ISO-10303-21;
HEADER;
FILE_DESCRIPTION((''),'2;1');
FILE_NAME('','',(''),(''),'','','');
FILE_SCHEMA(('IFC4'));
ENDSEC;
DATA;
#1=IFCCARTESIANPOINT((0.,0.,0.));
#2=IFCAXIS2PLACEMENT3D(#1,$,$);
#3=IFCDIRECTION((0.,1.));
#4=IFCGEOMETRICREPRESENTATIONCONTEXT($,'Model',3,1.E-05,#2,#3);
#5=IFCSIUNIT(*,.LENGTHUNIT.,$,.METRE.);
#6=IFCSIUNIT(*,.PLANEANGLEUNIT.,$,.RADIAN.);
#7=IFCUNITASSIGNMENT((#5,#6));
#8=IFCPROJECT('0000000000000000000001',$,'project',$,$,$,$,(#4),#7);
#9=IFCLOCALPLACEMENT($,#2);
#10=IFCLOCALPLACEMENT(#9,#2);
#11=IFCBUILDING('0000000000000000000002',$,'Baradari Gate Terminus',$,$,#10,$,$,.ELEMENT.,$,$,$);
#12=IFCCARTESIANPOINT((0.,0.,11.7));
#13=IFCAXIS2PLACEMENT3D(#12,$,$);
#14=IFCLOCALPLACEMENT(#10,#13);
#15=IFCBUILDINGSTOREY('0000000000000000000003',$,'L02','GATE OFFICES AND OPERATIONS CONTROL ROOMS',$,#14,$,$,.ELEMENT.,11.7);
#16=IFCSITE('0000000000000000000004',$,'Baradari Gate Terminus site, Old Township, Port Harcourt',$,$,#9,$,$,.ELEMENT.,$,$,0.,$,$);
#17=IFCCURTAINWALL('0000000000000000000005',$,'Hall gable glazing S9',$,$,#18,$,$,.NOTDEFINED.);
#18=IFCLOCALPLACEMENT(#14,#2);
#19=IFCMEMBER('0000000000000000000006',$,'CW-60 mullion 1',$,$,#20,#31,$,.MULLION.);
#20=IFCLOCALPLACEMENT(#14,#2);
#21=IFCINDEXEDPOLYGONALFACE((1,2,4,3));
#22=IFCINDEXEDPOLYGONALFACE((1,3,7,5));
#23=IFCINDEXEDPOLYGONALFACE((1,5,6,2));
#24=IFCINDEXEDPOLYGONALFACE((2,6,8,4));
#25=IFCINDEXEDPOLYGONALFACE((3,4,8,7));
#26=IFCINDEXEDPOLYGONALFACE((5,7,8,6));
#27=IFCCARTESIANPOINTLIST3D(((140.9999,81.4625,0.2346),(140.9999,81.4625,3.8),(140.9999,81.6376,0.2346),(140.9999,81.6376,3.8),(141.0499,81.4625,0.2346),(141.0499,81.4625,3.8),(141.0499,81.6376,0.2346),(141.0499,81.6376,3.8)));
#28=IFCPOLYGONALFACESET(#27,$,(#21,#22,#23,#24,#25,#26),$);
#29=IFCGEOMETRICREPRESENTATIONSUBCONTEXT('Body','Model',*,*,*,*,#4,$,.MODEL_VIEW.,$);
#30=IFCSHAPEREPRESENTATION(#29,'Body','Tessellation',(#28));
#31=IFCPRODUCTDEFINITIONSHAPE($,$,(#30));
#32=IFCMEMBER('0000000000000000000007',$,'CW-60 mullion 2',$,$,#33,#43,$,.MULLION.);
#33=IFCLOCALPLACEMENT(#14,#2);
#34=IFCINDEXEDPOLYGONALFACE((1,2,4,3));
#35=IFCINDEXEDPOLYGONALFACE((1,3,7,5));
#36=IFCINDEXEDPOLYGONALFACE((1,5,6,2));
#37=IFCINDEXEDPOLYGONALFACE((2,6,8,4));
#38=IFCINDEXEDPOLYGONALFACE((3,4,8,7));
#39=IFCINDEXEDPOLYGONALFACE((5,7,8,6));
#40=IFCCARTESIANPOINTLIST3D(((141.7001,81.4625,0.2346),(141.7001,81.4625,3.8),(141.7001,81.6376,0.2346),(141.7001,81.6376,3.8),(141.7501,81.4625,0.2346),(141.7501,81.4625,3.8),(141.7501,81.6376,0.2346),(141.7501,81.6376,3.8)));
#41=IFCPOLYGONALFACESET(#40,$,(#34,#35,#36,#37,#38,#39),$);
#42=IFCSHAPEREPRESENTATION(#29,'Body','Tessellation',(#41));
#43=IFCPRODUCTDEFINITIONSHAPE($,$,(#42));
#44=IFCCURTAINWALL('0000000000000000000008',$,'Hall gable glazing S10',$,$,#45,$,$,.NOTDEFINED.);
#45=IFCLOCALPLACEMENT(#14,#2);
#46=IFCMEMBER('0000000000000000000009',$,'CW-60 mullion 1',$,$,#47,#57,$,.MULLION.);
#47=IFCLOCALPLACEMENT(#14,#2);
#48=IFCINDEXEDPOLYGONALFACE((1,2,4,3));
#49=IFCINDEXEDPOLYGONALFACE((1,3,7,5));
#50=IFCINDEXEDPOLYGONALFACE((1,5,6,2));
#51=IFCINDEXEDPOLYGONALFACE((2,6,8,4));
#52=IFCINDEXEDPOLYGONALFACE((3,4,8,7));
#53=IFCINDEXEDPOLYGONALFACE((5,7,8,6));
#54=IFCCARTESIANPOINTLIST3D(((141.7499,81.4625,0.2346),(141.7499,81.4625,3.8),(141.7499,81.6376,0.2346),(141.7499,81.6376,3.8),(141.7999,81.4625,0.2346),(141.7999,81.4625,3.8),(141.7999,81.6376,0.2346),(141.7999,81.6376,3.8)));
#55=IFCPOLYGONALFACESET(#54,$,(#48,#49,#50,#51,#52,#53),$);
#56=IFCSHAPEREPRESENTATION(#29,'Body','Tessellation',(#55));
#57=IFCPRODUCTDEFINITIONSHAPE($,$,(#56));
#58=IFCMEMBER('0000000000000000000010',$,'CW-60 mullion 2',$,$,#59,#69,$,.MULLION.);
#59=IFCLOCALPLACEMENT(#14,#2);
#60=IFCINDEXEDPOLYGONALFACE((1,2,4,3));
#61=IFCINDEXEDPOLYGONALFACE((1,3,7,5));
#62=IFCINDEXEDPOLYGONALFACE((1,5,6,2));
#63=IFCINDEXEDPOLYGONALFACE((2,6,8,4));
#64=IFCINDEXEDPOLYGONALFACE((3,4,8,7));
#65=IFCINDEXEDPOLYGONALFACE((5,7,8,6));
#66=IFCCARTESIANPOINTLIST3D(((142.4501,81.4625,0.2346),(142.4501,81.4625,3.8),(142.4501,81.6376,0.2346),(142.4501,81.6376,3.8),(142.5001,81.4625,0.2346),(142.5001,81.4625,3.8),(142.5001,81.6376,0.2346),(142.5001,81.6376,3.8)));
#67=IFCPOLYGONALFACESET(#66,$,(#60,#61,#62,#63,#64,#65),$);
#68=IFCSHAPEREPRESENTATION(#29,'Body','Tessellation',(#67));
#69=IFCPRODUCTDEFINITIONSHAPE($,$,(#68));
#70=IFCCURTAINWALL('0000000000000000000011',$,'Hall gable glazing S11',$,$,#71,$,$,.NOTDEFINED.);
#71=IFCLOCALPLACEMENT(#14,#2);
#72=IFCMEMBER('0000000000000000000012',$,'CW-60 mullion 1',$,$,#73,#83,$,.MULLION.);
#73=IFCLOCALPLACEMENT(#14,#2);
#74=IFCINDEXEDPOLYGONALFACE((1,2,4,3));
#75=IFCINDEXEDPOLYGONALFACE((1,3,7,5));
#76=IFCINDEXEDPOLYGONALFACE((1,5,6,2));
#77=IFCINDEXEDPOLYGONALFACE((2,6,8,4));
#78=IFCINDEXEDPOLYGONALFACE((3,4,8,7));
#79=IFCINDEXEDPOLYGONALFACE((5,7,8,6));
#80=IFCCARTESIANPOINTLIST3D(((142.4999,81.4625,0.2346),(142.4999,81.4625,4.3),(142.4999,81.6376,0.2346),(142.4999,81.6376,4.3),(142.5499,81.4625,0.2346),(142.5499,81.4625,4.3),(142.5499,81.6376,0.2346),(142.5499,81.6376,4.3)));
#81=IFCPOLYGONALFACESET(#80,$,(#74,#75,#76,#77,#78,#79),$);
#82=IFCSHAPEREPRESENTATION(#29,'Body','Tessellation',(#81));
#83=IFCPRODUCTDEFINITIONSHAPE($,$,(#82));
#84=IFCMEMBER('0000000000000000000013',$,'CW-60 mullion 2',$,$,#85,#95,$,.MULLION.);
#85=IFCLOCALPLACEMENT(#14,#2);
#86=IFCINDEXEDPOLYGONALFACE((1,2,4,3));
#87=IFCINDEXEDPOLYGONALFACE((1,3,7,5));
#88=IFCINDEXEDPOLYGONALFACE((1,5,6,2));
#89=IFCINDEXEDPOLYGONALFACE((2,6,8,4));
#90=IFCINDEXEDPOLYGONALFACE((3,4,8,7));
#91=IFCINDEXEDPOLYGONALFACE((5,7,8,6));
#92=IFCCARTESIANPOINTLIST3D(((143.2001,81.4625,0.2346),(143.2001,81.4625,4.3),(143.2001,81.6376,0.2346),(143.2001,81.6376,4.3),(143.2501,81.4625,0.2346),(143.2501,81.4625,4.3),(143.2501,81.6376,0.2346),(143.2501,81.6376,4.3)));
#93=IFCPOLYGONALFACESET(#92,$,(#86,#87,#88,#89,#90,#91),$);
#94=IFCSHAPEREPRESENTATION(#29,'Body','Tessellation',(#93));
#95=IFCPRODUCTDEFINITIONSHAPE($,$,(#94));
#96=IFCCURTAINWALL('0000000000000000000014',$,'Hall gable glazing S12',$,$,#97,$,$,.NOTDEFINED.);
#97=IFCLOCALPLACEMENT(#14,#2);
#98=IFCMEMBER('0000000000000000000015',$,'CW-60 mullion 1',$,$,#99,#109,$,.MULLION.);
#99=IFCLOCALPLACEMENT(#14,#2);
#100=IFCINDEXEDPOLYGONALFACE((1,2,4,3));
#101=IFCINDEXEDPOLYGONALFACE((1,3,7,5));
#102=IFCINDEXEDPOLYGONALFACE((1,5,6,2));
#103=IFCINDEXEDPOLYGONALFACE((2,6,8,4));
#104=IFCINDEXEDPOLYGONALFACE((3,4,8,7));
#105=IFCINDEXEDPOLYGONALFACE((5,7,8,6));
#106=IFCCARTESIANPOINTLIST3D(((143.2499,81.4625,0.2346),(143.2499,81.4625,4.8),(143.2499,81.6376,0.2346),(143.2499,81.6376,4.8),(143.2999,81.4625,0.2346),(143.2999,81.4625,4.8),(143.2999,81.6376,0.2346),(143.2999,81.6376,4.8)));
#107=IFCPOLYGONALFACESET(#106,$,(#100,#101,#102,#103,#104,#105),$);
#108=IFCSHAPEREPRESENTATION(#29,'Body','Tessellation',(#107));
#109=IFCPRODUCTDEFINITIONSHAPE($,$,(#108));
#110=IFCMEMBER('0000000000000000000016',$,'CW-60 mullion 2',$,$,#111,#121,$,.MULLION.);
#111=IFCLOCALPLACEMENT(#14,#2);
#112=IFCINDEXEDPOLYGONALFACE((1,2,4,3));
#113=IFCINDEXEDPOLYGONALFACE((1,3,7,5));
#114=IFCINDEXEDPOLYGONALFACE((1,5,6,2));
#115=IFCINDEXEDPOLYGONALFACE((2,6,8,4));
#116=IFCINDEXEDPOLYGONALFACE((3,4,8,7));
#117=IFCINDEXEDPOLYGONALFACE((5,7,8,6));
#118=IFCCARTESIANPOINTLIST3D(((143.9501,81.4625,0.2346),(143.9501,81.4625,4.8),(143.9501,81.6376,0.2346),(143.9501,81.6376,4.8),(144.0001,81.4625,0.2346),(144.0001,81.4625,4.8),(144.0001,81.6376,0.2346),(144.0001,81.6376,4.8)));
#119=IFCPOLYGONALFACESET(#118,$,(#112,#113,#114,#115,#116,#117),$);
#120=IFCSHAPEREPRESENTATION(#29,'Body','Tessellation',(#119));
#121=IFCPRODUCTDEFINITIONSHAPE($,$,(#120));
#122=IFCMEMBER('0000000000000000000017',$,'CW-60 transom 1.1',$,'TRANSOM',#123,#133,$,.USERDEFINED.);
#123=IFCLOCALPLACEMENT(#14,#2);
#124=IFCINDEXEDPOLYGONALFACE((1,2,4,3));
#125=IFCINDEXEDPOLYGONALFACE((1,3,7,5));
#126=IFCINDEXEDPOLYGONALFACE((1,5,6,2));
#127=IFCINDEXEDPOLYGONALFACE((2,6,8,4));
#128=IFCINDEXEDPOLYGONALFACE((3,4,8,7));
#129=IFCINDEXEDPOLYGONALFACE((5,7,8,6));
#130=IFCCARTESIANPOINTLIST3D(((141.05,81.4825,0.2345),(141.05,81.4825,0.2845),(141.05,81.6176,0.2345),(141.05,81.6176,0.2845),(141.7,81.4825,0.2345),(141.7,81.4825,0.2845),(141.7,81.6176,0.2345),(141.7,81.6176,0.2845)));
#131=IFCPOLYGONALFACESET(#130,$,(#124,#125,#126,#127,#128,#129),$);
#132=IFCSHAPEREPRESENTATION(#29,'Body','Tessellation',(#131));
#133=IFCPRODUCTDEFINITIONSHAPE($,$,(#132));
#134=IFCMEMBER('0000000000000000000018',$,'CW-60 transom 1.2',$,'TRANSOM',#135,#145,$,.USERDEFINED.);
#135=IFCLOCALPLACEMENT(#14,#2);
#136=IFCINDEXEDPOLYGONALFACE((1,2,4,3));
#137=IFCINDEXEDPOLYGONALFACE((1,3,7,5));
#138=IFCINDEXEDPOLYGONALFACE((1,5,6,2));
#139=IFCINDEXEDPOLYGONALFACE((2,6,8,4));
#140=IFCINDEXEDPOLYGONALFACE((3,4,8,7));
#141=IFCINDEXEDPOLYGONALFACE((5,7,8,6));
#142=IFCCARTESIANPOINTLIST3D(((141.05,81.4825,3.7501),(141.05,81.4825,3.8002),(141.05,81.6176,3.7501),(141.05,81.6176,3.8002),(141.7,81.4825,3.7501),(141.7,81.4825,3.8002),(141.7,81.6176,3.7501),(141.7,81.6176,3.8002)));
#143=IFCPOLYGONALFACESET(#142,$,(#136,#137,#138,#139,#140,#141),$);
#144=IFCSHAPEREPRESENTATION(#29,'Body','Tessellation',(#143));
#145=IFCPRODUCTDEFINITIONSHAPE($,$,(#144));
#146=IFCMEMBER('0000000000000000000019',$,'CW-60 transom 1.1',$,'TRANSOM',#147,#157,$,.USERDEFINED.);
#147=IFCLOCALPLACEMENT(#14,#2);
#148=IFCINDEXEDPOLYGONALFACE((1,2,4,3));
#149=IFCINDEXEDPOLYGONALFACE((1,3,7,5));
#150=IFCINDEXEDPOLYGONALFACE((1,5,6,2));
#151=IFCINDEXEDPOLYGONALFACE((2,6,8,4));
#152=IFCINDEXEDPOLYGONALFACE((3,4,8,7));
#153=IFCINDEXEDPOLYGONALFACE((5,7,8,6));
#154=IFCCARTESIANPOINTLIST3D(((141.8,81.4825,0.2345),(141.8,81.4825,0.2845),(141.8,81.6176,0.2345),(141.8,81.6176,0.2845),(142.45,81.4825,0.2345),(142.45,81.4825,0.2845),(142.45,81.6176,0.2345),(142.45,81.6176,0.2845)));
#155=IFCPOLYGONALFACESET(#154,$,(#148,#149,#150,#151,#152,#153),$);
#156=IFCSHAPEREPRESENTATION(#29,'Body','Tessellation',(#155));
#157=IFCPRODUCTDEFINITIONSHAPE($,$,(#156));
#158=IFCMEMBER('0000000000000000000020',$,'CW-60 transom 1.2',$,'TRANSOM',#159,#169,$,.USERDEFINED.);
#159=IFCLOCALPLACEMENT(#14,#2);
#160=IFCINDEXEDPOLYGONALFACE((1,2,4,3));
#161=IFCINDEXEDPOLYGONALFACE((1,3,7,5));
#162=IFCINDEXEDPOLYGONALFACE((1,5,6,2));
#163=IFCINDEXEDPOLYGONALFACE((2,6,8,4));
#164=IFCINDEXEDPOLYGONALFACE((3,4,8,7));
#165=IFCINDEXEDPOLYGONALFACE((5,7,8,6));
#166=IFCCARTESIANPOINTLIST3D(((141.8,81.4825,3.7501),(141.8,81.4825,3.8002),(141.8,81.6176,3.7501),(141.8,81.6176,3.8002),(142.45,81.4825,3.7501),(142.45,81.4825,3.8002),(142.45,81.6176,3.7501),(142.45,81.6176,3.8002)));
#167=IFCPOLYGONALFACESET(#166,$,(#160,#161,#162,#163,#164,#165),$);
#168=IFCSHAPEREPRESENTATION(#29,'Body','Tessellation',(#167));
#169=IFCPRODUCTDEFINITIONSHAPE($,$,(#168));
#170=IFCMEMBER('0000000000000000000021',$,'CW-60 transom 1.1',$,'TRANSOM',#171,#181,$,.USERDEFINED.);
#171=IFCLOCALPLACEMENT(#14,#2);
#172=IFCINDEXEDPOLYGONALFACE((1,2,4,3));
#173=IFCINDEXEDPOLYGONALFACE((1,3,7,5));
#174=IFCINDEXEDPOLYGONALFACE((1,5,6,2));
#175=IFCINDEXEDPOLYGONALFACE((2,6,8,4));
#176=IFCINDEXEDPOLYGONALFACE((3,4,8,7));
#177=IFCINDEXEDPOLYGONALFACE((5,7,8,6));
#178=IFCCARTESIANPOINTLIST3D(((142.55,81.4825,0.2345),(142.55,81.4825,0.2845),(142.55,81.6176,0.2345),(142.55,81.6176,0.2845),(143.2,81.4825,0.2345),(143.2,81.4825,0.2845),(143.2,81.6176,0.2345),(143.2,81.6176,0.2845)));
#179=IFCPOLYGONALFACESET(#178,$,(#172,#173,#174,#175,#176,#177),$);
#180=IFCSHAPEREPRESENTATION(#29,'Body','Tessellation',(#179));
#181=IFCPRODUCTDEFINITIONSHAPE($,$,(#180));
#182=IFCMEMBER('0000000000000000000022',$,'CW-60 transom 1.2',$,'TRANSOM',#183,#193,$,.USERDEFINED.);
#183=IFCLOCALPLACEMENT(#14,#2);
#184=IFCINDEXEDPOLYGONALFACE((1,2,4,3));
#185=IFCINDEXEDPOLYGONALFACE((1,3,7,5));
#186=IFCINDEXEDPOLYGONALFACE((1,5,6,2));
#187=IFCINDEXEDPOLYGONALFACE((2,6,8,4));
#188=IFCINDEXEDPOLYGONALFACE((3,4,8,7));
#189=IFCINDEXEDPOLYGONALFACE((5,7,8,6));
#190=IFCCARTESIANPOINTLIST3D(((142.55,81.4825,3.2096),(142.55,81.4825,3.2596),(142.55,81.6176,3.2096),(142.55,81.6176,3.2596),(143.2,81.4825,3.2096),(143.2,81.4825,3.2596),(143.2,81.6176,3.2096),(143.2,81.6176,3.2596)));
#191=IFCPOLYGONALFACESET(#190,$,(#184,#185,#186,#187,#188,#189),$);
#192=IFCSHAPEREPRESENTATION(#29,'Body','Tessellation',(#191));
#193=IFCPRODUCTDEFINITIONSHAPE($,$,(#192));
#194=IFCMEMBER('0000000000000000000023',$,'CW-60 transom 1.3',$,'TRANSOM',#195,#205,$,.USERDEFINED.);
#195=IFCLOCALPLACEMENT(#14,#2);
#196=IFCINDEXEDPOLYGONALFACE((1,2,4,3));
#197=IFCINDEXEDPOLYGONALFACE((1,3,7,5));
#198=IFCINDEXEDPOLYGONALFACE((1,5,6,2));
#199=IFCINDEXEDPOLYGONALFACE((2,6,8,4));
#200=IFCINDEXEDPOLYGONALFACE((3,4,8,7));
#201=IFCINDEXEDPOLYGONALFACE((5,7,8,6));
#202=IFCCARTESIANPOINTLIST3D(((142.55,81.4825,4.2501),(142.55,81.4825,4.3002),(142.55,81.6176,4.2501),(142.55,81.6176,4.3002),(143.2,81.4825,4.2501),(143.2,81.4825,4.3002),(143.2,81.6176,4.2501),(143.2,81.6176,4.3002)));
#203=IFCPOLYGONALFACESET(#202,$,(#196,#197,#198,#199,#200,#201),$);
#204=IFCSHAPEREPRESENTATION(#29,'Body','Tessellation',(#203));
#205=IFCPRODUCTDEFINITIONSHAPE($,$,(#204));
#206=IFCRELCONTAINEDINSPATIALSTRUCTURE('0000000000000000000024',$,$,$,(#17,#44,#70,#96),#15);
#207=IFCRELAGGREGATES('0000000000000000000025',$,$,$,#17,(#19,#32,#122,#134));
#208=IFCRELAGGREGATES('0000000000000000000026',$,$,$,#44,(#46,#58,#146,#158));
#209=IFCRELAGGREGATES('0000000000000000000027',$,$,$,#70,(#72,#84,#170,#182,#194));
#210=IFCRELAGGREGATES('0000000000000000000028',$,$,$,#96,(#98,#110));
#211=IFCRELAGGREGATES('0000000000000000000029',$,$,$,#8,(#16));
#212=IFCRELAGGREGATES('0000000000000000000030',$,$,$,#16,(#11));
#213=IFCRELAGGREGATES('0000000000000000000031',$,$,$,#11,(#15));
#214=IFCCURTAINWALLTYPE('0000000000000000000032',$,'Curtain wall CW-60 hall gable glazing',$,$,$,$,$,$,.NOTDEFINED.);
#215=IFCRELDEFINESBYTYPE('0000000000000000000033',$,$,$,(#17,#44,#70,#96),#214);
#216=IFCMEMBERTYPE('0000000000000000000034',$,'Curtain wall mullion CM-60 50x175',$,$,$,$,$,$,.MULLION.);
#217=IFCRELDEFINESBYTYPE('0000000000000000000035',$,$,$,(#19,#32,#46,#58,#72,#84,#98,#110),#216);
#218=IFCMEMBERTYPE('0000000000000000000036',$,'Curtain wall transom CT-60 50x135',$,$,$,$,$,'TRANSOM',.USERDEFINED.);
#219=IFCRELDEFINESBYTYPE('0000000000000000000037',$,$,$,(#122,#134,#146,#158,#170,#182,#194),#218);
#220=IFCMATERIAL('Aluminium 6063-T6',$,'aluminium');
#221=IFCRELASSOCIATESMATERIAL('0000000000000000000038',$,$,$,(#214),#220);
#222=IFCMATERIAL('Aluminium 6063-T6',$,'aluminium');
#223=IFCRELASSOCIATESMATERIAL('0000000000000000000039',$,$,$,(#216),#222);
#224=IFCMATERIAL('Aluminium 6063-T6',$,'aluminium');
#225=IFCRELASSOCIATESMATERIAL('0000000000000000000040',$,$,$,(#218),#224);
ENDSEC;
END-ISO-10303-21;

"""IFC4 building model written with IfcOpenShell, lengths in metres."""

from ifc_helpers import new_model, si_unit, direction, frame, origin, origin_2d, place, context, subcontext, project, spatial, rectangle, extrude, material, material_profile, profile_set, type_object, element, aggregate, save


model = new_model("IFC4")

# Units and contexts
model_context = context("Model", 3, precision=1e-05, world=origin(), true_north=direction((0.0, 1.0)))
body_context = subcontext(model_context, "Body", "Model", "MODEL_VIEW")
ifc_project = project(units=[si_unit("LENGTHUNIT", "METRE"), si_unit("PLANEANGLEUNIT", "RADIAN")], contexts=[model_context])

# Site, building, storey
site_placement = place(None, origin())
site = spatial("IfcSite", under=ifc_project, at=site_placement, Name="Baradari Gate Terminus site, Old Township, Port Harcourt", CompositionType="ELEMENT", RefElevation=0.0)
building_placement = place(site_placement, origin())
building = spatial("IfcBuilding", under=site, at=building_placement, Name="Baradari Gate Terminus", CompositionType="ELEMENT")
storey_placement = place(building_placement, frame((0.0, 0.0, 11.7)))
storey = spatial("IfcBuildingStorey", under=building, at=storey_placement, Name="L02", Description="GATE OFFICES AND OPERATIONS CONTROL ROOMS", CompositionType="ELEMENT", Elevation=11.7)

# Curtain walls, members
ifc_material_1 = material(Name="Aluminium 6063-T6", Category="aluminium")
curtain_wall_type = type_object("IfcCurtainWallType", Name="Curtain wall CW-60 hall gable glazing", PredefinedType="NOTDEFINED", material=ifc_material_1)
curtain_wall_1_placement = place(storey_placement, origin())
curtain_wall_1 = element("IfcCurtainWall", 1, at=curtain_wall_1_placement, inside=storey, type_object=curtain_wall_type, Name="Hall gable glazing S9", PredefinedType="NOTDEFINED")
ifc_material_2 = material(Name="Aluminium 6063-T6", Category="aluminium")
ifc_material_profile_1 = material_profile(ifc_material_2, rectangle(XDim=0.175, YDim=0.05, at=origin_2d()), Name="CM-60 50X175")
ifc_profile_set_1 = profile_set([ifc_material_profile_1], Name="Aluminium 6063-T6")
member_type_1 = type_object("IfcMemberType", Name="Curtain wall mullion CM-60 50x175", PredefinedType="MULLION", material=ifc_profile_set_1)
member_1_placement = place(storey_placement, frame((141.0249, 81.55, 0.2346), z_axis=(0.0, 0.0, 1.0), x_axis=(0.0, 1.0, 0.0)))
member_1 = element("IfcMember", 2, at=member_1_placement, type_object=member_type_1, Name="CW-60 mullion 1", PredefinedType="MULLION", context=body_context, shape_type="SweptSolid", body=[
    extrude(rectangle(XDim=0.175, YDim=0.05, at=origin_2d()), origin(), (0.0, 0.0, 1.0), 3.5654),
])
member_2_placement = place(storey_placement, frame((141.7251, 81.55, 0.2346), z_axis=(0.0, 0.0, 1.0), x_axis=(0.0, 1.0, 0.0)))
member_2 = element("IfcMember", 3, at=member_2_placement, type_object=member_type_1, Name="CW-60 mullion 2", PredefinedType="MULLION", context=body_context, shape_type="SweptSolid", body=[
    extrude(rectangle(XDim=0.175, YDim=0.05, at=origin_2d()), origin(), (0.0, 0.0, 1.0), 3.5654),
])
curtain_wall_2_placement = place(storey_placement, origin())
curtain_wall_2 = element("IfcCurtainWall", 4, at=curtain_wall_2_placement, inside=storey, type_object=curtain_wall_type, Name="Hall gable glazing S10", PredefinedType="NOTDEFINED")
member_3_placement = place(storey_placement, frame((141.7749, 81.55, 0.2346), z_axis=(0.0, 0.0, 1.0), x_axis=(0.0, 1.0, 0.0)))
member_3 = element("IfcMember", 5, at=member_3_placement, type_object=member_type_1, Name="CW-60 mullion 1", PredefinedType="MULLION", context=body_context, shape_type="SweptSolid", body=[
    extrude(rectangle(XDim=0.175, YDim=0.05, at=origin_2d()), origin(), (0.0, 0.0, 1.0), 3.5654),
])
member_4_placement = place(storey_placement, frame((142.4751, 81.55, 0.2346), z_axis=(0.0, 0.0, 1.0), x_axis=(0.0, 1.0, 0.0)))
member_4 = element("IfcMember", 6, at=member_4_placement, type_object=member_type_1, Name="CW-60 mullion 2", PredefinedType="MULLION", context=body_context, shape_type="SweptSolid", body=[
    extrude(rectangle(XDim=0.175, YDim=0.05, at=origin_2d()), origin(), (0.0, 0.0, 1.0), 3.5654),
])
curtain_wall_3_placement = place(storey_placement, origin())
curtain_wall_3 = element("IfcCurtainWall", 7, at=curtain_wall_3_placement, inside=storey, type_object=curtain_wall_type, Name="Hall gable glazing S11", PredefinedType="NOTDEFINED")
member_5_placement = place(storey_placement, frame((142.5249, 81.55, 0.2346), z_axis=(0.0, 0.0, 1.0), x_axis=(0.0, 1.0, 0.0)))
member_5 = element("IfcMember", 8, at=member_5_placement, type_object=member_type_1, Name="CW-60 mullion 1", PredefinedType="MULLION", context=body_context, shape_type="SweptSolid", body=[
    extrude(rectangle(XDim=0.175, YDim=0.05, at=origin_2d()), origin(), (0.0, 0.0, 1.0), 4.0654),
])
member_6_placement = place(storey_placement, frame((143.2251, 81.55, 0.2346), z_axis=(0.0, 0.0, 1.0), x_axis=(0.0, 1.0, 0.0)))
member_6 = element("IfcMember", 9, at=member_6_placement, type_object=member_type_1, Name="CW-60 mullion 2", PredefinedType="MULLION", context=body_context, shape_type="SweptSolid", body=[
    extrude(rectangle(XDim=0.175, YDim=0.05, at=origin_2d()), origin(), (0.0, 0.0, 1.0), 4.0654),
])
curtain_wall_4_placement = place(storey_placement, origin())
curtain_wall_4 = element("IfcCurtainWall", 10, at=curtain_wall_4_placement, inside=storey, type_object=curtain_wall_type, Name="Hall gable glazing S12", PredefinedType="NOTDEFINED")
member_7_placement = place(storey_placement, frame((143.2749, 81.55, 0.2346), z_axis=(0.0, 0.0, 1.0), x_axis=(0.0, 1.0, 0.0)))
member_7 = element("IfcMember", 11, at=member_7_placement, type_object=member_type_1, Name="CW-60 mullion 1", PredefinedType="MULLION", context=body_context, shape_type="SweptSolid", body=[
    extrude(rectangle(XDim=0.175, YDim=0.05, at=origin_2d()), origin(), (0.0, 0.0, 1.0), 4.5654),
])
member_8_placement = place(storey_placement, frame((143.9751, 81.55, 0.2346), z_axis=(0.0, 0.0, 1.0), x_axis=(0.0, 1.0, 0.0)))
member_8 = element("IfcMember", 12, at=member_8_placement, type_object=member_type_1, Name="CW-60 mullion 2", PredefinedType="MULLION", context=body_context, shape_type="SweptSolid", body=[
    extrude(rectangle(XDim=0.175, YDim=0.05, at=origin_2d()), origin(), (0.0, 0.0, 1.0), 4.5654),
])

# Members
ifc_material_3 = material(Name="Aluminium 6063-T6", Category="aluminium")
ifc_material_profile_2 = material_profile(ifc_material_3, rectangle(XDim=0.135, YDim=0.05, at=origin_2d()), Name="CT-60 50X135")
ifc_profile_set_2 = profile_set([ifc_material_profile_2], Name="Aluminium 6063-T6")
member_type_2 = type_object("IfcMemberType", Name="Curtain wall transom CT-60 50x135", ElementType="TRANSOM", PredefinedType="USERDEFINED", material=ifc_profile_set_2)
member_9_placement = place(storey_placement, frame((141.05, 81.55, 0.2595), z_axis=(1.0, 0.0, 0.0), x_axis=(0.0, 1.0, 0.0)))
member_9 = element("IfcMember", 13, at=member_9_placement, type_object=member_type_2, Name="CW-60 transom 1.1", ObjectType="TRANSOM", PredefinedType="USERDEFINED", context=body_context, shape_type="SweptSolid", body=[
    extrude(rectangle(XDim=0.135, YDim=0.05, at=origin_2d()), origin(), (0.0, 0.0, 1.0), 0.6499),
])
member_10_placement = place(storey_placement, frame((141.05, 81.55, 3.7751), z_axis=(1.0, 0.0, 0.0), x_axis=(0.0, 1.0, 0.0)))
member_10 = element("IfcMember", 14, at=member_10_placement, type_object=member_type_2, Name="CW-60 transom 1.2", ObjectType="TRANSOM", PredefinedType="USERDEFINED", context=body_context, shape_type="SweptSolid", body=[
    extrude(rectangle(XDim=0.135, YDim=0.05, at=origin_2d()), origin(), (0.0, 0.0, 1.0), 0.6499),
])
member_11_placement = place(storey_placement, frame((141.8, 81.55, 0.2595), z_axis=(1.0, 0.0, 0.0), x_axis=(0.0, 1.0, 0.0)))
member_11 = element("IfcMember", 15, at=member_11_placement, type_object=member_type_2, Name="CW-60 transom 1.1", ObjectType="TRANSOM", PredefinedType="USERDEFINED", context=body_context, shape_type="SweptSolid", body=[
    extrude(rectangle(XDim=0.135, YDim=0.05, at=origin_2d()), origin(), (0.0, 0.0, 1.0), 0.6499),
])
member_12_placement = place(storey_placement, frame((141.8, 81.55, 3.7751), z_axis=(1.0, 0.0, 0.0), x_axis=(0.0, 1.0, 0.0)))
member_12 = element("IfcMember", 16, at=member_12_placement, type_object=member_type_2, Name="CW-60 transom 1.2", ObjectType="TRANSOM", PredefinedType="USERDEFINED", context=body_context, shape_type="SweptSolid", body=[
    extrude(rectangle(XDim=0.135, YDim=0.05, at=origin_2d()), origin(), (0.0, 0.0, 1.0), 0.6499),
])
member_13_placement = place(storey_placement, frame((142.55, 81.55, 0.2595), z_axis=(1.0, 0.0, 0.0), x_axis=(0.0, 1.0, 0.0)))
member_13 = element("IfcMember", 17, at=member_13_placement, type_object=member_type_2, Name="CW-60 transom 1.1", ObjectType="TRANSOM", PredefinedType="USERDEFINED", context=body_context, shape_type="SweptSolid", body=[
    extrude(rectangle(XDim=0.135, YDim=0.05, at=origin_2d()), origin(), (0.0, 0.0, 1.0), 0.6499),
])
member_14_placement = place(storey_placement, frame((142.55, 81.55, 3.2346), z_axis=(1.0, 0.0, 0.0), x_axis=(0.0, 1.0, 0.0)))
member_14 = element("IfcMember", 18, at=member_14_placement, type_object=member_type_2, Name="CW-60 transom 1.2", ObjectType="TRANSOM", PredefinedType="USERDEFINED", context=body_context, shape_type="SweptSolid", body=[
    extrude(rectangle(XDim=0.135, YDim=0.05, at=origin_2d()), origin(), (0.0, 0.0, 1.0), 0.6499),
])
member_15_placement = place(storey_placement, frame((142.55, 81.55, 4.2751), z_axis=(1.0, 0.0, 0.0), x_axis=(0.0, 1.0, 0.0)))
member_15 = element("IfcMember", 19, at=member_15_placement, type_object=member_type_2, Name="CW-60 transom 1.3", ObjectType="TRANSOM", PredefinedType="USERDEFINED", context=body_context, shape_type="SweptSolid", body=[
    extrude(rectangle(XDim=0.135, YDim=0.05, at=origin_2d()), origin(), (0.0, 0.0, 1.0), 0.6499),
])

aggregate(curtain_wall_1, [member_1, member_2, member_9, member_10])
aggregate(curtain_wall_2, [member_3, member_4, member_11, member_12])
aggregate(curtain_wall_3, [member_5, member_6, member_13, member_14, member_15])
aggregate(curtain_wall_4, [member_7, member_8])

save(model, "model.ifc")
